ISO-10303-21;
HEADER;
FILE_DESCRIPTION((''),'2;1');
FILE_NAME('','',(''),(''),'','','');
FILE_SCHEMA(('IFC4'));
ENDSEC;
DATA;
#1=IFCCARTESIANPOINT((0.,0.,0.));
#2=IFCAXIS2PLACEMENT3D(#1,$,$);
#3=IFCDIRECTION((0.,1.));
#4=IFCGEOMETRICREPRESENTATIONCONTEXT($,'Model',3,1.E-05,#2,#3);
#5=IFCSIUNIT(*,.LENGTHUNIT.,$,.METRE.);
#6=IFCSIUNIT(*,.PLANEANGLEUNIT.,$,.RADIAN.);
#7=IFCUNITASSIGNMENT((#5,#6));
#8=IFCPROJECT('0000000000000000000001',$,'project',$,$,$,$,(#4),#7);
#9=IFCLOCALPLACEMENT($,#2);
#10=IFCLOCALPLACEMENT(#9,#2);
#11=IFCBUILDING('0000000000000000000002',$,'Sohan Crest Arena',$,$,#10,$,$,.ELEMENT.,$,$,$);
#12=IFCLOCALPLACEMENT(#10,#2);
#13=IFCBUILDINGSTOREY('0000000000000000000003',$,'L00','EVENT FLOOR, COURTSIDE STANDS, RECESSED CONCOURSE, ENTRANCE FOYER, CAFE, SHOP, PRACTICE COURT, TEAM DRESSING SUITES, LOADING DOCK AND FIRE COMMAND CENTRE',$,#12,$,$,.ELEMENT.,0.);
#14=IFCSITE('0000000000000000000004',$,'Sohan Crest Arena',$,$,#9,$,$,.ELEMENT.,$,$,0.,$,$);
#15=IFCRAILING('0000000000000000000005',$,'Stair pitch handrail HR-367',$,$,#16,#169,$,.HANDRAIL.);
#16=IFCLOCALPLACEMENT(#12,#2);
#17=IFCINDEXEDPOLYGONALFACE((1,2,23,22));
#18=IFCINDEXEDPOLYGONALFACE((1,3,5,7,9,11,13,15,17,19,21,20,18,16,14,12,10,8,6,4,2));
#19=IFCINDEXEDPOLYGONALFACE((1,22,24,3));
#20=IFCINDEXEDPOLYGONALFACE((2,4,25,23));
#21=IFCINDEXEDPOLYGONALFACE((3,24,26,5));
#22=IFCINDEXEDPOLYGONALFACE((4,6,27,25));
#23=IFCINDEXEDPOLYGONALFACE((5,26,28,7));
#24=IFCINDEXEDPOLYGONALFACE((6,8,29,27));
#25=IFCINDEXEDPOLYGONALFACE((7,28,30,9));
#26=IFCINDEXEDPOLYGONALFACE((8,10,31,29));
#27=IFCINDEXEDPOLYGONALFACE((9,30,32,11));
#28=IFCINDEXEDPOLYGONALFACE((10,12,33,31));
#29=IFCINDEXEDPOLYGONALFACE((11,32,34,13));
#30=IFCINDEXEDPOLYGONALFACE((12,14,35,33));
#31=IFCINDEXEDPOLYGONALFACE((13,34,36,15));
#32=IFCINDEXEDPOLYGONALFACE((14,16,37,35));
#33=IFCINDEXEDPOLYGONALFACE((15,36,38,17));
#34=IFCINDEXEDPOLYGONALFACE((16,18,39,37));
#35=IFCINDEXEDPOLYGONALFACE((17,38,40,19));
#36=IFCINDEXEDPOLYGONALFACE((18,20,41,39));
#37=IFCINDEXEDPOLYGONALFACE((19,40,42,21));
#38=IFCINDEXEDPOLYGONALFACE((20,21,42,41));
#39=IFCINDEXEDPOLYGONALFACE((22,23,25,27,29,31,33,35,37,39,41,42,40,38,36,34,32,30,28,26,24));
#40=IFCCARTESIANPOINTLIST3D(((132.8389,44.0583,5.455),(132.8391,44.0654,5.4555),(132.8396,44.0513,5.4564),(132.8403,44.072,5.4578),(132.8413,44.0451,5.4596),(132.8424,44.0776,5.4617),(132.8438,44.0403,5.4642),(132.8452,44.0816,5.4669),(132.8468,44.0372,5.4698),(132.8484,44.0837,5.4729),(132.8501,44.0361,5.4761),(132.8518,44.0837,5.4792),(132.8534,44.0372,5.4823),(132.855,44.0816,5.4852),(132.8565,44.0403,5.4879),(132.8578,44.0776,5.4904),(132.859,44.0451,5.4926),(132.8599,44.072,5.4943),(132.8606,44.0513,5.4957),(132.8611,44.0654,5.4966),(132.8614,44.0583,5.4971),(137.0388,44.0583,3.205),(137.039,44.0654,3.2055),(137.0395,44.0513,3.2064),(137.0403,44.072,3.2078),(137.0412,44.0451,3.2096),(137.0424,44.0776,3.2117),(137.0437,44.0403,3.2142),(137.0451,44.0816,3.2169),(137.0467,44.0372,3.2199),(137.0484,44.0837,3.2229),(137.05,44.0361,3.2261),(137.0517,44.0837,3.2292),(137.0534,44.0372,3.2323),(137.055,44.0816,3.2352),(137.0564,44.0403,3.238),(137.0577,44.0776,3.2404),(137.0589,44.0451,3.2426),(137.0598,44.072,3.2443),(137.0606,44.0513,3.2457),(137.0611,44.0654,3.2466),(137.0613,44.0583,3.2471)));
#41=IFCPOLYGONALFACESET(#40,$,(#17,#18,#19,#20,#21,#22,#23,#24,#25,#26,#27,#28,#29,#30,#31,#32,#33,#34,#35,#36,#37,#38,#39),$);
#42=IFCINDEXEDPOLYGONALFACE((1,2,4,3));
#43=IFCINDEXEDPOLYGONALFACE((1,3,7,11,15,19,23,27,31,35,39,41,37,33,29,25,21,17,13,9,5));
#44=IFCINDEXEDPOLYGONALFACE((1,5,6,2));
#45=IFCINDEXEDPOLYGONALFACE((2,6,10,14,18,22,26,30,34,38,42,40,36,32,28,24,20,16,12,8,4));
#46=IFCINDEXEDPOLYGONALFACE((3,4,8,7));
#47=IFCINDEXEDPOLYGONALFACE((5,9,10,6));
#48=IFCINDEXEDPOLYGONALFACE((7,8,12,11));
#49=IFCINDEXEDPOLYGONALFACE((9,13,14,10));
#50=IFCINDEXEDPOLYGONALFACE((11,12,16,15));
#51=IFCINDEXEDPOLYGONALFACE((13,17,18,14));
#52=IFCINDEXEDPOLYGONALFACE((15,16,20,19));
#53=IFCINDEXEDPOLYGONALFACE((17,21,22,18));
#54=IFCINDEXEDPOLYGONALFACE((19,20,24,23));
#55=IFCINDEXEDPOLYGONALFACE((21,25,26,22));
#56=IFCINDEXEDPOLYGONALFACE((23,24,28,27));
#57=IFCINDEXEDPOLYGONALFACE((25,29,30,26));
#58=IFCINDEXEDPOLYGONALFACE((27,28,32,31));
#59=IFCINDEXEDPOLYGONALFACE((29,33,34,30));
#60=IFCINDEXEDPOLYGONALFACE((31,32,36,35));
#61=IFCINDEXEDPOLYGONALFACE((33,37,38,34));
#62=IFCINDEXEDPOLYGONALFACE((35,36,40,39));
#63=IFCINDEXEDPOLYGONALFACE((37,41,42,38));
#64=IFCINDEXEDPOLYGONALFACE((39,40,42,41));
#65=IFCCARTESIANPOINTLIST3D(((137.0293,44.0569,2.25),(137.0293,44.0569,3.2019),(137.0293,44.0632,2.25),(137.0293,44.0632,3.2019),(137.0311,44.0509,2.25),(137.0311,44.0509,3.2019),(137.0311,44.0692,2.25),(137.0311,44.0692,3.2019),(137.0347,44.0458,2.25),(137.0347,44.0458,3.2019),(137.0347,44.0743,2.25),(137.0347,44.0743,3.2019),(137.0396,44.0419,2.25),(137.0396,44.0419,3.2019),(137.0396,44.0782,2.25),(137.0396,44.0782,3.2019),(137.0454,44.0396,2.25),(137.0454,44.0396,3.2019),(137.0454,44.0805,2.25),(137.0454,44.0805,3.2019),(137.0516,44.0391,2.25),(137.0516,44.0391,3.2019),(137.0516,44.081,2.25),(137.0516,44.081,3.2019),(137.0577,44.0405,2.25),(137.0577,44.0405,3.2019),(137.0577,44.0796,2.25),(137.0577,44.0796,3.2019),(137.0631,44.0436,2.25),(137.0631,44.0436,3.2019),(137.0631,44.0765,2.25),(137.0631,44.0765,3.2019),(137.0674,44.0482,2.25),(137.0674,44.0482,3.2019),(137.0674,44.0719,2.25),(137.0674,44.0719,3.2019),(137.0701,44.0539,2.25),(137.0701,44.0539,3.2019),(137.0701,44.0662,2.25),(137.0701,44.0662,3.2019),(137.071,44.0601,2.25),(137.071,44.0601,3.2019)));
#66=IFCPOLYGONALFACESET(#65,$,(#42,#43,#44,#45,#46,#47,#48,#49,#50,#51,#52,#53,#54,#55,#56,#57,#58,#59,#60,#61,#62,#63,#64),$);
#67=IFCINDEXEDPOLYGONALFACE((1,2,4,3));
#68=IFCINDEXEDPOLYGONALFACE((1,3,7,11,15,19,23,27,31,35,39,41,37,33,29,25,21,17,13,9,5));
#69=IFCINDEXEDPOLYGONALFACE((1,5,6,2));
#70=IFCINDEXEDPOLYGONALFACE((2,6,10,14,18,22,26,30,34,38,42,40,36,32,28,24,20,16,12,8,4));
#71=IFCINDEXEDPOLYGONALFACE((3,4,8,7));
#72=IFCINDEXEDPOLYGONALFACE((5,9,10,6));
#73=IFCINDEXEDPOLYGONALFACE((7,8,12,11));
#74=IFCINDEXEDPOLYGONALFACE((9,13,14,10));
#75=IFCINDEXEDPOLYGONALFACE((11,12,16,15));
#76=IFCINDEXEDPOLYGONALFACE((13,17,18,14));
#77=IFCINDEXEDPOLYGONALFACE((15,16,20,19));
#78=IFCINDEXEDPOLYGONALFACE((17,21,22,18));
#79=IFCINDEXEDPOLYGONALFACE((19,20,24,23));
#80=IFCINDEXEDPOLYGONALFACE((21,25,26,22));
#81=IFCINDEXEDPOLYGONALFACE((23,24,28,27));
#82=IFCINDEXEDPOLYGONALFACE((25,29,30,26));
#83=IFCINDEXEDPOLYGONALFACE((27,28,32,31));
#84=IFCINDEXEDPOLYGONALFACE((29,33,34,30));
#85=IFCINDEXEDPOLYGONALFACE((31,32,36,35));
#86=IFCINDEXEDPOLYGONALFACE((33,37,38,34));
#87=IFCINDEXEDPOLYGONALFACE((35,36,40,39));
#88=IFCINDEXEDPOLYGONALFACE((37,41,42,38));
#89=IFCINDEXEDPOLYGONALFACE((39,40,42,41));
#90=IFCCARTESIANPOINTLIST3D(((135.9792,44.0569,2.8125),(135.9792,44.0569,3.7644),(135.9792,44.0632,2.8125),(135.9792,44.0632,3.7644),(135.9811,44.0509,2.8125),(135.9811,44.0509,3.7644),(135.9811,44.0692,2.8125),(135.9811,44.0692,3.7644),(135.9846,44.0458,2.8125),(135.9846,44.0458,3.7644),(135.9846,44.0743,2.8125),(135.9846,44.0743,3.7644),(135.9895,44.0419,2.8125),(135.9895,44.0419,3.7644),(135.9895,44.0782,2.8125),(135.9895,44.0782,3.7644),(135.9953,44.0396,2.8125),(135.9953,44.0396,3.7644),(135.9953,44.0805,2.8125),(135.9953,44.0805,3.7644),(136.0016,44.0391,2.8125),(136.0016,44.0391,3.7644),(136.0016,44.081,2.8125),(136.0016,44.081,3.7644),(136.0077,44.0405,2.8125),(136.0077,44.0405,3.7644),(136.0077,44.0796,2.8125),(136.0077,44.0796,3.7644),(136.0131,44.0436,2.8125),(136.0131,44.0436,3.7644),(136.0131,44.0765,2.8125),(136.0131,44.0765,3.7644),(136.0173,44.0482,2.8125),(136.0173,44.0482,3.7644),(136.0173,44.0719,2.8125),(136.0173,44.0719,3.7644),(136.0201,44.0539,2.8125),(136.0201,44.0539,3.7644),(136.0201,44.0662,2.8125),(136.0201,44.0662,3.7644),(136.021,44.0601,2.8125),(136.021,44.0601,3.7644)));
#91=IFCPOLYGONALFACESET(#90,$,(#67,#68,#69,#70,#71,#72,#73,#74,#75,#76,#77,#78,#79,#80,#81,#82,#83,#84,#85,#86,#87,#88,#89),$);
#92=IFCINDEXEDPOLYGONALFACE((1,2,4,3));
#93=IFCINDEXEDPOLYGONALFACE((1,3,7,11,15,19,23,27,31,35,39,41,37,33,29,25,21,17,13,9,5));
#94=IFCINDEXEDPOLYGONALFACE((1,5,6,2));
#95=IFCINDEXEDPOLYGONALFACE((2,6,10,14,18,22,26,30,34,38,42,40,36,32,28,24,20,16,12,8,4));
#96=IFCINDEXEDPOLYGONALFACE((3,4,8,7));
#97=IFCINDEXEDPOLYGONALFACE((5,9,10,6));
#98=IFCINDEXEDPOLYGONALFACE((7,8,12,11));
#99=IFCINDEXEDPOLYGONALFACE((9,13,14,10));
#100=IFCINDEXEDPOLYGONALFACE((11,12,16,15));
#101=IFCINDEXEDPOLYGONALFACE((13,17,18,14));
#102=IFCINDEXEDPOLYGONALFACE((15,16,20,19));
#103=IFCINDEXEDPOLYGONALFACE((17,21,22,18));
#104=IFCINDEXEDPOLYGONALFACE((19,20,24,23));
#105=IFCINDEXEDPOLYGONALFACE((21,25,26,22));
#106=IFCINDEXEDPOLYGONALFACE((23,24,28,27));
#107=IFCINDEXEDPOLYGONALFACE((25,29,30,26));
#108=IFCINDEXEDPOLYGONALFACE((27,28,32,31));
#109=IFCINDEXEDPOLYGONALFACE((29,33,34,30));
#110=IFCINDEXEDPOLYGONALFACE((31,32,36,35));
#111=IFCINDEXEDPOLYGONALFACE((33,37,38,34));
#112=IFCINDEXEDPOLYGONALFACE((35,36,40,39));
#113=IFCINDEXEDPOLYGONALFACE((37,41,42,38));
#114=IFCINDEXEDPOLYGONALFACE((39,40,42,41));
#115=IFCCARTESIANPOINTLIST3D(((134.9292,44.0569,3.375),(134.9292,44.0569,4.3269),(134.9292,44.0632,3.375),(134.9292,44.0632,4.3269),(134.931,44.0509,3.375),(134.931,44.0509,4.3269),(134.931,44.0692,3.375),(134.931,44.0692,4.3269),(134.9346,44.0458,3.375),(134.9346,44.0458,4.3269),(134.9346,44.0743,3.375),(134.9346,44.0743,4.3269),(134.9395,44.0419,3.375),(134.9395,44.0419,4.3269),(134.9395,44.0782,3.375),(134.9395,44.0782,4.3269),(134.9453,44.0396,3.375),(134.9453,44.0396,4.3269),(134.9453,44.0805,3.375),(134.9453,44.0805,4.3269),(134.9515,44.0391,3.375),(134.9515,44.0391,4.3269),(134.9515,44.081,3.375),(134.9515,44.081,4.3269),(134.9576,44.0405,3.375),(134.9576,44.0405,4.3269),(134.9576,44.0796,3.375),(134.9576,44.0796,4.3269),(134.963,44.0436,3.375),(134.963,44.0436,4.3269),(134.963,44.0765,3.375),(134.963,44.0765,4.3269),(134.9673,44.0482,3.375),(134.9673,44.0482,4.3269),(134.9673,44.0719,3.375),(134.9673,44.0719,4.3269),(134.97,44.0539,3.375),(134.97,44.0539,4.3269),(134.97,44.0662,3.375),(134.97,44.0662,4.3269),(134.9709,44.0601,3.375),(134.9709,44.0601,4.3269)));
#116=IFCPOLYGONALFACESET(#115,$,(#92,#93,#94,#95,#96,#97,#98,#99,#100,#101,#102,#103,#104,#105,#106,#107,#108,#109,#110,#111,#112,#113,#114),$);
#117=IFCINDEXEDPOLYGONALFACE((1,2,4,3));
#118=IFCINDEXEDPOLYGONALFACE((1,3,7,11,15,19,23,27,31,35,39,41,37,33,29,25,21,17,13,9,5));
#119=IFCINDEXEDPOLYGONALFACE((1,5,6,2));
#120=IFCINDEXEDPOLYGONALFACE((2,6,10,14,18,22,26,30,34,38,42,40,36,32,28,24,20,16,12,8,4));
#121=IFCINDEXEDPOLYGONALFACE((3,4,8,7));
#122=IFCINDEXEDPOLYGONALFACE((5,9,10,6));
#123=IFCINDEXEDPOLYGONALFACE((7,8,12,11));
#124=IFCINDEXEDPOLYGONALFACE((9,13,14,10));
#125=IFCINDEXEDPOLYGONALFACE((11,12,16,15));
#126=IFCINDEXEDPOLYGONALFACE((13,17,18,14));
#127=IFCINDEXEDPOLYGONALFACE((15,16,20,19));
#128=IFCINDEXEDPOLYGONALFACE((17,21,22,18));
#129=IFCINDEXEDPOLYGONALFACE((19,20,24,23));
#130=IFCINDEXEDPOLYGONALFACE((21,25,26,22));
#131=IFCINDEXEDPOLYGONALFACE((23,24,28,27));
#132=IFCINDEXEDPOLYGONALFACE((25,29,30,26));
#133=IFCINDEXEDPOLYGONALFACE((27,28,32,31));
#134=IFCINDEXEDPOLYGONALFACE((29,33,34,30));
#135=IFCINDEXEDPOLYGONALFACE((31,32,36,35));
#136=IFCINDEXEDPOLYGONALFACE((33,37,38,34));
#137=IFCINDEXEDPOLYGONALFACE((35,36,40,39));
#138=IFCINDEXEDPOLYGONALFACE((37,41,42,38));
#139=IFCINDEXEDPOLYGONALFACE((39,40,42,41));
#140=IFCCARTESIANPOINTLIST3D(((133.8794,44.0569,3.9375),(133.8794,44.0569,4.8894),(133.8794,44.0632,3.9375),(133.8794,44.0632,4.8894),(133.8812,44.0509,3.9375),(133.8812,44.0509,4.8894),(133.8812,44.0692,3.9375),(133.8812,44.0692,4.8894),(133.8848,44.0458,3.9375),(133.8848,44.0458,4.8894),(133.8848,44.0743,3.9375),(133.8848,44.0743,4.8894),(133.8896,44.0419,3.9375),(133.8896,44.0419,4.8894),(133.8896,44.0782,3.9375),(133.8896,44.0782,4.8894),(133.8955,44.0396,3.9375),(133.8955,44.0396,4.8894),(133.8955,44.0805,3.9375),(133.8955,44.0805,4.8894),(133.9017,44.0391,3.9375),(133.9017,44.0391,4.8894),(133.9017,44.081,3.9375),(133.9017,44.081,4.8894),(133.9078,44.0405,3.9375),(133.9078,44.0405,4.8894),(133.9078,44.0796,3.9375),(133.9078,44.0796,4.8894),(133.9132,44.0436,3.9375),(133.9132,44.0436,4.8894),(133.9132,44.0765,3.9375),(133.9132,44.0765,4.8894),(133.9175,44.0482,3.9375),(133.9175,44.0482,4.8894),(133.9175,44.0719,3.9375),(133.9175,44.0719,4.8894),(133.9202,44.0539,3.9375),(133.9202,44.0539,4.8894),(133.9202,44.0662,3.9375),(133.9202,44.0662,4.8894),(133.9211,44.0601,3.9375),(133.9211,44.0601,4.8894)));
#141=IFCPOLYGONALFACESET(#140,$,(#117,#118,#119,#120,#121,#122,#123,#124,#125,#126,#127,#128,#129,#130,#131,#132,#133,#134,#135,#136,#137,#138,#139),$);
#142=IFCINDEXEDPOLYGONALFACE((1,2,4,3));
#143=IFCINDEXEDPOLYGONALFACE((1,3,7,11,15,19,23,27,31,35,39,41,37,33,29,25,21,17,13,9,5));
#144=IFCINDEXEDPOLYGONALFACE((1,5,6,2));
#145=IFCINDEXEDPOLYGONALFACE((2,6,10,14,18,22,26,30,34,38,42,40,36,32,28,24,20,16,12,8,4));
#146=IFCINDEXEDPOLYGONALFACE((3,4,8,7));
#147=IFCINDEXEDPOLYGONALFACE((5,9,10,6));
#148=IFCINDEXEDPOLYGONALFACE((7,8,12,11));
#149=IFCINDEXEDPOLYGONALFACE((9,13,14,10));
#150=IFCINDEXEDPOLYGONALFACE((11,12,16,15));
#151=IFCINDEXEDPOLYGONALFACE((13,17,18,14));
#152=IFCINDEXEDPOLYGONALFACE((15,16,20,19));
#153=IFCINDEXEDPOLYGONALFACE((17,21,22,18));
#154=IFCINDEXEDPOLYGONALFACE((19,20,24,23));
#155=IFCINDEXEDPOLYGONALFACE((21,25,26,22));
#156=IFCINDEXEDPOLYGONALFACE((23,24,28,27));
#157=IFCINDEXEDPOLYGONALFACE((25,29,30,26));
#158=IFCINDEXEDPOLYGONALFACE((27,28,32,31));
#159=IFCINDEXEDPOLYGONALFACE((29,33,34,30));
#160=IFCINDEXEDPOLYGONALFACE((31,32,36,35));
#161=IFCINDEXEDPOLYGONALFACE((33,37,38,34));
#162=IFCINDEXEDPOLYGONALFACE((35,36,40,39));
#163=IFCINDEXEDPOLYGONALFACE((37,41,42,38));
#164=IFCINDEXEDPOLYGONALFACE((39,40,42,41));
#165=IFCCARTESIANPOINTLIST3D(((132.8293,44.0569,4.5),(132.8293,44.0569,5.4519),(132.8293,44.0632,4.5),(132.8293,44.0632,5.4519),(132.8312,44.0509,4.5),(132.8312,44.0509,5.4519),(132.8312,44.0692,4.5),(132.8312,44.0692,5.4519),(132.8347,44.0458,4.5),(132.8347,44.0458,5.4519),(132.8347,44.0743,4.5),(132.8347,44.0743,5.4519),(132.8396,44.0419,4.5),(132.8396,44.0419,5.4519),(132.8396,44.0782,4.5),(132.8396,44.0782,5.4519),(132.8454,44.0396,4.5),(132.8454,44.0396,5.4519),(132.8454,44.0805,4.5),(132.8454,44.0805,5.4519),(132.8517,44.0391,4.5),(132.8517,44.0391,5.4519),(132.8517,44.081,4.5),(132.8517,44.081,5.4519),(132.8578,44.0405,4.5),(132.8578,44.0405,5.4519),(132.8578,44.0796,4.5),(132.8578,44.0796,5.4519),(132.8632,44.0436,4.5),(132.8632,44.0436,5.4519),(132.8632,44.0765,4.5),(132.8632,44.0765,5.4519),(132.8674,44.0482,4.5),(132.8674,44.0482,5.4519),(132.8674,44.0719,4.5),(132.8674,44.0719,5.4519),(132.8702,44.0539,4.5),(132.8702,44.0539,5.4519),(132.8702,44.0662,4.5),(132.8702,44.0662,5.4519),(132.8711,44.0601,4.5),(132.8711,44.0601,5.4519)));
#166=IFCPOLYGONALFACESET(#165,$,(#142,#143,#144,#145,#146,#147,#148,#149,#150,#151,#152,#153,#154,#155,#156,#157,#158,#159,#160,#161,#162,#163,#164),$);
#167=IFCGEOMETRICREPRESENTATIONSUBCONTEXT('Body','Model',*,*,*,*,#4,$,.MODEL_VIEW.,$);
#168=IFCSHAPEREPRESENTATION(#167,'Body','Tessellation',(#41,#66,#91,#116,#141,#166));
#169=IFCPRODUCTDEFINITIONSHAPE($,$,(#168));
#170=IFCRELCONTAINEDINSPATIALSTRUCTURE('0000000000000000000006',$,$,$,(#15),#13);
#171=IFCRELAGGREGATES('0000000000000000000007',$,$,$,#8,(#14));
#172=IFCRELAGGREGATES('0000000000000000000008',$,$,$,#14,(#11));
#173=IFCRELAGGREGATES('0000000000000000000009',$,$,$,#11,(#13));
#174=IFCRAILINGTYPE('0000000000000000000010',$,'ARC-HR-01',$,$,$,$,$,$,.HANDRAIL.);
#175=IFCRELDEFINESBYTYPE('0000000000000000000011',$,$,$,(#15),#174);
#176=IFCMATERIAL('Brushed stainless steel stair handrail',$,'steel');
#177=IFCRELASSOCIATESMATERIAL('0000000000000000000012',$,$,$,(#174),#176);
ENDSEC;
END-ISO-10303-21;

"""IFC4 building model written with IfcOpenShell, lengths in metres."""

from ifc_helpers import new_model, si_unit, direction, frame, origin, origin_2d, place, context, subcontext, project, spatial, circle, extrude, material, type_object, element, save


model = new_model("IFC4")

# Units and contexts
model_context = context("Model", 3, precision=1e-05, world=origin(), true_north=direction((0.0, 1.0)))
body_context = subcontext(model_context, "Body", "Model", "MODEL_VIEW")
ifc_project = project(units=[si_unit("LENGTHUNIT", "METRE"), si_unit("PLANEANGLEUNIT", "RADIAN")], contexts=[model_context])

# Site, building, storey
site_placement = place(None, origin())
site = spatial("IfcSite", under=ifc_project, at=site_placement, Name="Sohan Crest Arena", CompositionType="ELEMENT", RefElevation=0.0)
building_placement = place(site_placement, origin())
building = spatial("IfcBuilding", under=site, at=building_placement, Name="Sohan Crest Arena", CompositionType="ELEMENT")
storey_placement = place(building_placement, origin())
storey = spatial("IfcBuildingStorey", under=building, at=storey_placement, Name="L00", Description="EVENT FLOOR, COURTSIDE STANDS, RECESSED CONCOURSE, ENTRANCE FOYER, CAFE, SHOP, PRACTICE COURT, TEAM DRESSING SUITES, LOADING DOCK AND FIRE COMMAND CENTRE", CompositionType="ELEMENT", Elevation=0.0)

# Railing
ifc_material_1 = material(Name="Brushed stainless steel stair handrail", Category="steel")
railing_type_1 = type_object("IfcRailingType", Name="ARC-HR-01", PredefinedType="HANDRAIL", material=ifc_material_1)
railing_1_placement = place(storey_placement, frame((137.05, 44.0601, 2.25)))
element("IfcRailing", 1, at=railing_1_placement, inside=storey, type_object=railing_type_1, Name="Stair pitch handrail HR-367", PredefinedType="HANDRAIL", context=body_context, shape_type="SweptSolid", body=[
    extrude(circle(Radius=0.0239, at=origin_2d()), frame((0.0, 0.0, 0.9761), z_axis=(-0.881478, 0.0, 0.472226), x_axis=(0.0, -1.0, 0.0)), (0.0, 0.0, 1.0), 4.7646),
    extrude(circle(Radius=0.021, at=origin_2d()), origin(), (0.0, 0.0, 1.0), 0.9519),
    extrude(circle(Radius=0.021, at=origin_2d()), frame((-1.05, 0.0, 0.5625)), (0.0, 0.0, 1.0), 0.9519),
    extrude(circle(Radius=0.021, at=origin_2d()), frame((-2.1001, 0.0, 1.125)), (0.0, 0.0, 1.0), 0.9519),
    extrude(circle(Radius=0.021, at=origin_2d()), frame((-3.1499, 0.0, 1.6875)), (0.0, 0.0, 1.0), 0.9519),
    extrude(circle(Radius=0.021, at=origin_2d()), frame((-4.2, 0.0, 2.25)), (0.0, 0.0, 1.0), 0.9519),
])

save(model, "model.ifc")
